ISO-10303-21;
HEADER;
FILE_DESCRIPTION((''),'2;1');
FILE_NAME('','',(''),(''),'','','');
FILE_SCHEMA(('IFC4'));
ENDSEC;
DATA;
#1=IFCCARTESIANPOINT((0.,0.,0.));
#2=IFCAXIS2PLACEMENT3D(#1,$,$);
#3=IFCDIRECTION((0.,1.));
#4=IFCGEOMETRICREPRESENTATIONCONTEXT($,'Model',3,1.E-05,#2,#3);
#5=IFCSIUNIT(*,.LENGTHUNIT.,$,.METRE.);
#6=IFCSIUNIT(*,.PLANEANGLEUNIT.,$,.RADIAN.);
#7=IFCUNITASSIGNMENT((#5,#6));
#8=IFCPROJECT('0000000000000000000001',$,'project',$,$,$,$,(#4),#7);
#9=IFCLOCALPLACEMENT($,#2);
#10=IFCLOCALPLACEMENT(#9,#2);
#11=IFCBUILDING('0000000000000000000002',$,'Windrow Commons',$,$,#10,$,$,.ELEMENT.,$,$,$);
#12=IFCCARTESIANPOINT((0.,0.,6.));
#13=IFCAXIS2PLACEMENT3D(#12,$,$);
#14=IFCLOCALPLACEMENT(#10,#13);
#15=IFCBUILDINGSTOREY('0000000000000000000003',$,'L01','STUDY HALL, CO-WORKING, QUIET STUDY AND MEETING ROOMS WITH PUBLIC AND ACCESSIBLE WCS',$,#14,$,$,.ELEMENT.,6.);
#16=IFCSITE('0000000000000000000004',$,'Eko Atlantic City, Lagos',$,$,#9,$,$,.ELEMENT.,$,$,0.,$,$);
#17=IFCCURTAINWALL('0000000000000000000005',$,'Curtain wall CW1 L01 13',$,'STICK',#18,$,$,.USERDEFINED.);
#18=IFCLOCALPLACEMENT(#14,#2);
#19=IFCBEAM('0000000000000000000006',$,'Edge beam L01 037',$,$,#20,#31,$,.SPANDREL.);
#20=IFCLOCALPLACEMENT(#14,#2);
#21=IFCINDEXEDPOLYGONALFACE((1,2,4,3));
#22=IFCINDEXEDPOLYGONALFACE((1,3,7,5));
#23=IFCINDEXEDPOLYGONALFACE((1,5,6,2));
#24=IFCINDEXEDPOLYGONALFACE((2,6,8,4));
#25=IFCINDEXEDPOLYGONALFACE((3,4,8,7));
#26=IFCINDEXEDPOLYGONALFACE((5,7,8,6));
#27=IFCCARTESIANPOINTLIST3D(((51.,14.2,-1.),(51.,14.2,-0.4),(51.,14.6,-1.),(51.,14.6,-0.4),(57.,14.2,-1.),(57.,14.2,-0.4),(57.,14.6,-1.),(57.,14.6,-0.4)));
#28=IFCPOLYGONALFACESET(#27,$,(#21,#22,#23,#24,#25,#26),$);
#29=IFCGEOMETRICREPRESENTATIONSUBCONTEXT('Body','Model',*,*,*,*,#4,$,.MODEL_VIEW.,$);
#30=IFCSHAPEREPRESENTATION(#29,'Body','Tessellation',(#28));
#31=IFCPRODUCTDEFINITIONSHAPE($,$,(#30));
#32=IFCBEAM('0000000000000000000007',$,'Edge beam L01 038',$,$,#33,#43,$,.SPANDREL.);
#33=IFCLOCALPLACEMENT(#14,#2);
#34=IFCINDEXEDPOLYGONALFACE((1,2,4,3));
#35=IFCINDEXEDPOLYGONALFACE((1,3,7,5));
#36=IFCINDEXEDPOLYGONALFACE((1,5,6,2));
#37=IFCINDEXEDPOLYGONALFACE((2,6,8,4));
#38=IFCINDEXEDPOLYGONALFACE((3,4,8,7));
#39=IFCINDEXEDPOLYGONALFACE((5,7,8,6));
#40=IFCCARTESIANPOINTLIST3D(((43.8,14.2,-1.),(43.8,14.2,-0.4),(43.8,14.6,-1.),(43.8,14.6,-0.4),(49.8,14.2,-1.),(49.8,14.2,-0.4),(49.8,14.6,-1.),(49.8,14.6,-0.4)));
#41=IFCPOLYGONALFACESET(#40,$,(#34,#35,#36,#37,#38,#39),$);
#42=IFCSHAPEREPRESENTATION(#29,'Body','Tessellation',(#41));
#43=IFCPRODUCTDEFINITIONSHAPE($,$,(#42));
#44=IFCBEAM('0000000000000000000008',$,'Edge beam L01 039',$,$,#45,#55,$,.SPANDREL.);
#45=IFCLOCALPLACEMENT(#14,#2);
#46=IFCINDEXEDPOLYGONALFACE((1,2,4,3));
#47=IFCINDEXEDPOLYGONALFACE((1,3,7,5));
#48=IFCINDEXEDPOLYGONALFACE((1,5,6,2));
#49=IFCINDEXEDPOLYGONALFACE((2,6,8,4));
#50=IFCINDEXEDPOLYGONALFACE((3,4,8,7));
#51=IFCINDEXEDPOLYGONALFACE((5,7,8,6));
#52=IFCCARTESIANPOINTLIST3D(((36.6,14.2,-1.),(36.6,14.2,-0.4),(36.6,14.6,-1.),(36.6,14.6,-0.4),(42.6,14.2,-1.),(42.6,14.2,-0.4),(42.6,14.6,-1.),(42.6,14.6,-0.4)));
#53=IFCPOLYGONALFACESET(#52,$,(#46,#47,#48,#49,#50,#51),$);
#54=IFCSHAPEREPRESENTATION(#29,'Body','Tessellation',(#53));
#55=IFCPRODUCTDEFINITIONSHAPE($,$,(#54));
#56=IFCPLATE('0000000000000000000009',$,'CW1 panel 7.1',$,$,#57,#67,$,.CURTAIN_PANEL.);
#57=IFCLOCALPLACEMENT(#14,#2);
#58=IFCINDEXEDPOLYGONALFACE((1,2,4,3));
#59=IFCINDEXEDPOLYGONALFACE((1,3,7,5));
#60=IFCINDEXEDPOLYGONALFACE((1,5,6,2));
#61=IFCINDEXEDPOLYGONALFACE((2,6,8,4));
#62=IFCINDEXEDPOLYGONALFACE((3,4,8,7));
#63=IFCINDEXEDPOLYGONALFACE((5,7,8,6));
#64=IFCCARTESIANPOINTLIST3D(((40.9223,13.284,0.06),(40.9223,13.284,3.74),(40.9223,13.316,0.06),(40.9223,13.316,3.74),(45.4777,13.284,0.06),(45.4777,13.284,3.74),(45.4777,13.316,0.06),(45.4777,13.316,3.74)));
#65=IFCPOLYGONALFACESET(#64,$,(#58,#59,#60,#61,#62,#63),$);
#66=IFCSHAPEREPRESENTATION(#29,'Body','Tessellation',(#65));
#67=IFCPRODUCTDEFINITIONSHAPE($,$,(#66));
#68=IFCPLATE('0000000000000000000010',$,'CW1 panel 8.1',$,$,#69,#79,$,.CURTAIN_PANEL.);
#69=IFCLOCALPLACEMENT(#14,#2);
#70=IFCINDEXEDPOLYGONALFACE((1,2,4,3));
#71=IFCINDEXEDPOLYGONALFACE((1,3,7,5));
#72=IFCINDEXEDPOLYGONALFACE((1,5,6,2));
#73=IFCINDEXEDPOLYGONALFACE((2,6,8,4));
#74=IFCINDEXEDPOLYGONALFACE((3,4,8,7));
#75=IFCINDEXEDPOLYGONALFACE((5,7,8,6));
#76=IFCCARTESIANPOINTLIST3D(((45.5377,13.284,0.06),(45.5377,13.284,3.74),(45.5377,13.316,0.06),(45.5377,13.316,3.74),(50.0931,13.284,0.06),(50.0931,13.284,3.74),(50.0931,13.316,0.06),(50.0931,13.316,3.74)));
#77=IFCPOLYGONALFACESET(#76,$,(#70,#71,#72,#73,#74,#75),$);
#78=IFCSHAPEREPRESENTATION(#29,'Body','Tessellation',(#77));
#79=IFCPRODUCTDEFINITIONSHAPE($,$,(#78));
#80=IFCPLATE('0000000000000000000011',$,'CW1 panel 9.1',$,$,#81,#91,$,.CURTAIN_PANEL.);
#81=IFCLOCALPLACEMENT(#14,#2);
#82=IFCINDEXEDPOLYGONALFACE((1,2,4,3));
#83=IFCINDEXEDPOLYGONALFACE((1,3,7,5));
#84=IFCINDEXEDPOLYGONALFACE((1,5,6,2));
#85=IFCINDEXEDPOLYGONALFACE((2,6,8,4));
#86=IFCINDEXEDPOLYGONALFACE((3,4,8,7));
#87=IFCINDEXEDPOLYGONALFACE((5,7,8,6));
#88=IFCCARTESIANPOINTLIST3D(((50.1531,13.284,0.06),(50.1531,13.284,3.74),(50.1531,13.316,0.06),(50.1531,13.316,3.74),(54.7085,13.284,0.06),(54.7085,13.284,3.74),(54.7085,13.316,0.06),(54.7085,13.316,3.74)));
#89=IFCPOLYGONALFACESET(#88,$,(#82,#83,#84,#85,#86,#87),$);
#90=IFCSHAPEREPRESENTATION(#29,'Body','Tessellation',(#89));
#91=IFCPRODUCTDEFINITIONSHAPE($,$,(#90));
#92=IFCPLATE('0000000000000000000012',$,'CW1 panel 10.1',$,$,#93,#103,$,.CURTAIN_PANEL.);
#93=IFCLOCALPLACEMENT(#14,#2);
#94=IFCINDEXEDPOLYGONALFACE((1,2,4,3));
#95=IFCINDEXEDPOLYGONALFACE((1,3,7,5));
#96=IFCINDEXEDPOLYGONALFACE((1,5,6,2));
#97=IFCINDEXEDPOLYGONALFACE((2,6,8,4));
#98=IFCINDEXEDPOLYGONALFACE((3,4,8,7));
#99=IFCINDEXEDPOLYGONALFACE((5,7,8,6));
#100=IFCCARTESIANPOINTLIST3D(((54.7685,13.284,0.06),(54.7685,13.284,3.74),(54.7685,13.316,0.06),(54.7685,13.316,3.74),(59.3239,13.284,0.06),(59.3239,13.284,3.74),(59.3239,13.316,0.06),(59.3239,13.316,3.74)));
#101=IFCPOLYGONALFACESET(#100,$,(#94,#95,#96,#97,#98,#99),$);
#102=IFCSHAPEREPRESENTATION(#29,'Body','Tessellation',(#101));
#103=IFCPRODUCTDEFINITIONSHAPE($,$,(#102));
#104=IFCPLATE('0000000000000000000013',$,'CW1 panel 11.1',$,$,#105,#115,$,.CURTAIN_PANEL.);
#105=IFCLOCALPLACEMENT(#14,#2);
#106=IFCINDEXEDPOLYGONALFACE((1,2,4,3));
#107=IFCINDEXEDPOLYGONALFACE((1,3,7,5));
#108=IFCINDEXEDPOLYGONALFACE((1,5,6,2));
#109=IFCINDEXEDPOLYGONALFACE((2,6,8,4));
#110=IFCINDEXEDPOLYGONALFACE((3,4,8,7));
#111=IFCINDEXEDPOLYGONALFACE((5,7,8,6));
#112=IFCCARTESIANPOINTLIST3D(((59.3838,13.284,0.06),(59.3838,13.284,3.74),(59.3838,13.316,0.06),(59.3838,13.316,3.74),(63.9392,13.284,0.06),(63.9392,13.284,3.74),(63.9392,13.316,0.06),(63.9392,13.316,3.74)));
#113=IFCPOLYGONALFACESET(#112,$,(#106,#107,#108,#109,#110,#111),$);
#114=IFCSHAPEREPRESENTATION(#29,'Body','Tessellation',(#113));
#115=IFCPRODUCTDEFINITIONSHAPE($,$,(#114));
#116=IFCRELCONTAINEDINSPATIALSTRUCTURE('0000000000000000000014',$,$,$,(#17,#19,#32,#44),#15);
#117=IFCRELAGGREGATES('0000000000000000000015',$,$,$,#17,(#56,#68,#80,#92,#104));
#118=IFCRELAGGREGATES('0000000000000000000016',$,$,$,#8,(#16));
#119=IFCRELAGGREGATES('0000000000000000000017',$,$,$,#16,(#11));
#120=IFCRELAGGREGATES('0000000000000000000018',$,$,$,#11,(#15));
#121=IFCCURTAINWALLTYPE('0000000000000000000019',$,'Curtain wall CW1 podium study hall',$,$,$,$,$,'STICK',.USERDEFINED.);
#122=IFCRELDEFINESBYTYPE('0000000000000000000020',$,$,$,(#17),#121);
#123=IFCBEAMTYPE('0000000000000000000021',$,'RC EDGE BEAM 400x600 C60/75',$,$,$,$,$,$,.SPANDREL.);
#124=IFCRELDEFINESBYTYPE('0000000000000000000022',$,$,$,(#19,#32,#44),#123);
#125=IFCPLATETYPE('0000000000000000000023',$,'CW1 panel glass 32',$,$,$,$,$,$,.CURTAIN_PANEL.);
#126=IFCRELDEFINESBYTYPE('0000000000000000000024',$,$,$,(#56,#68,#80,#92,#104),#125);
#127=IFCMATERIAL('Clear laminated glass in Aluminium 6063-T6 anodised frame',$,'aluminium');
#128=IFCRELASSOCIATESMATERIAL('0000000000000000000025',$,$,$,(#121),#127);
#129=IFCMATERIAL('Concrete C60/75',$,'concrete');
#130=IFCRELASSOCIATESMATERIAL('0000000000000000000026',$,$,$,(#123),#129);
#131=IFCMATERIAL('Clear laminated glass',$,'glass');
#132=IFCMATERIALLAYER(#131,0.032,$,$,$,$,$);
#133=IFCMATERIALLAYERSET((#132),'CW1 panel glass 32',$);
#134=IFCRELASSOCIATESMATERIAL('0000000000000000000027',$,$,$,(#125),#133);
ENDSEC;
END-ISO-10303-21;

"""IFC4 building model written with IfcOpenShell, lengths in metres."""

from ifc_helpers import new_model, si_unit, direction, frame, origin, origin_2d, place, context, subcontext, project, spatial, rectangle, extrude, material, layer, layer_set, material_profile, profile_set, type_object, element, aggregate, save


model = new_model("IFC4")

# Units and contexts
model_context = context("Model", 3, precision=1e-05, world=origin(), true_north=direction((0.0, 1.0)))
body_context = subcontext(model_context, "Body", "Model", "MODEL_VIEW")
ifc_project = project(units=[si_unit("LENGTHUNIT", "METRE"), si_unit("PLANEANGLEUNIT", "RADIAN")], contexts=[model_context])

# Site, building, storey
site_placement = place(None, origin())
site = spatial("IfcSite", under=ifc_project, at=site_placement, Name="Eko Atlantic City, Lagos", CompositionType="ELEMENT", RefElevation=0.0)
building_placement = place(site_placement, origin())
building = spatial("IfcBuilding", under=site, at=building_placement, Name="Windrow Commons", CompositionType="ELEMENT")
storey_placement = place(building_placement, frame((0.0, 0.0, 6.0)))
storey = spatial("IfcBuildingStorey", under=building, at=storey_placement, Name="L01", Description="STUDY HALL, CO-WORKING, QUIET STUDY AND MEETING ROOMS WITH PUBLIC AND ACCESSIBLE WCS", CompositionType="ELEMENT", Elevation=6.0)

# Curtain wall
ifc_material_1 = material(Name="Clear laminated glass in Aluminium 6063-T6 anodised frame", Category="aluminium")
curtain_wall_type = type_object("IfcCurtainWallType", Name="Curtain wall CW1 podium study hall", ElementType="STICK", PredefinedType="USERDEFINED", material=ifc_material_1)
curtain_wall_placement = place(storey_placement, origin())
curtain_wall = element("IfcCurtainWall", 1, at=curtain_wall_placement, inside=storey, type_object=curtain_wall_type, Name="Curtain wall CW1 L01 13", ObjectType="STICK", PredefinedType="USERDEFINED")

# Beams
ifc_material_2 = material(Name="Concrete C60/75", Category="concrete")
ifc_material_profile_1 = material_profile(ifc_material_2, rectangle(XDim=0.4, YDim=0.6, at=origin_2d()))
ifc_profile_set_1 = profile_set([ifc_material_profile_1], Name="Concrete C60/75")
beam_type = type_object("IfcBeamType", Name="RC EDGE BEAM 400x600 C60/75", PredefinedType="SPANDREL", material=ifc_profile_set_1)
for number, where, z_axis, x_axis, name in (
    (2, (57.0, 14.4, -0.7), (-1.0, 0.0, 0.0), (0.0, -1.0, 0.0), "Edge beam L01 037"),
    (3, (49.8, 14.4, -0.7), (-1.0, 0.0, 0.0), (0.0, -1.0, 0.0), "Edge beam L01 038"),
    (4, (42.6, 14.4, -0.7), (-1.0, 0.0, 0.0), (0.0, -1.0, 0.0), "Edge beam L01 039"),
):
    element("IfcBeam", number, at=place(storey_placement, frame(where, z_axis=z_axis, x_axis=x_axis)), inside=storey, type_object=beam_type, Name=name, PredefinedType="SPANDREL", context=body_context, shape_type="SweptSolid", body=[
        extrude(rectangle(XDim=0.4, YDim=0.6, at=origin_2d()), origin(), (0.0, 0.0, 1.0), 6.0),
    ])

# Plates
ifc_material_3 = material(Name="Clear laminated glass", Category="glass")
ifc_layer = layer(ifc_material_3, 0.032)
ifc_layer_set = layer_set([ifc_layer], Name="CW1 panel glass 32")
plate_type = type_object("IfcPlateType", Name="CW1 panel glass 32", PredefinedType="CURTAIN_PANEL", material=ifc_layer_set)
plate_1_placement = place(storey_placement, frame((43.2, 13.3, 0.06), z_axis=(0.0, 0.0, 1.0), x_axis=(1.0, 0.0, 0.0)))
plate_1 = element("IfcPlate", 5, at=plate_1_placement, type_object=plate_type, Name="CW1 panel 7.1", PredefinedType="CURTAIN_PANEL", context=body_context, shape_type="SweptSolid", body=[
    extrude(rectangle(XDim=4.5554, YDim=0.032, at=origin_2d()), origin(), (0.0, 0.0, 1.0), 3.68),
])
plate_2_placement = place(storey_placement, frame((47.8154, 13.3, 0.06), z_axis=(0.0, 0.0, 1.0), x_axis=(1.0, 0.0, 0.0)))
plate_2 = element("IfcPlate", 6, at=plate_2_placement, type_object=plate_type, Name="CW1 panel 8.1", PredefinedType="CURTAIN_PANEL", context=body_context, shape_type="SweptSolid", body=[
    extrude(rectangle(XDim=4.5554, YDim=0.032, at=origin_2d()), origin(), (0.0, 0.0, 1.0), 3.68),
])
plate_3_placement = place(storey_placement, frame((52.4308, 13.3, 0.06), z_axis=(0.0, 0.0, 1.0), x_axis=(1.0, 0.0, 0.0)))
plate_3 = element("IfcPlate", 7, at=plate_3_placement, type_object=plate_type, Name="CW1 panel 9.1", PredefinedType="CURTAIN_PANEL", context=body_context, shape_type="SweptSolid", body=[
    extrude(rectangle(XDim=4.5554, YDim=0.032, at=origin_2d()), origin(), (0.0, 0.0, 1.0), 3.68),
])
plate_4_placement = place(storey_placement, frame((57.0462, 13.3, 0.06), z_axis=(0.0, 0.0, 1.0), x_axis=(1.0, 0.0, 0.0)))
plate_4 = element("IfcPlate", 8, at=plate_4_placement, type_object=plate_type, Name="CW1 panel 10.1", PredefinedType="CURTAIN_PANEL", context=body_context, shape_type="SweptSolid", body=[
    extrude(rectangle(XDim=4.5554, YDim=0.032, at=origin_2d()), origin(), (0.0, 0.0, 1.0), 3.68),
])
plate_5_placement = place(storey_placement, frame((61.6615, 13.3, 0.06), z_axis=(0.0, 0.0, 1.0), x_axis=(1.0, 0.0, 0.0)))
plate_5 = element("IfcPlate", 9, at=plate_5_placement, type_object=plate_type, Name="CW1 panel 11.1", PredefinedType="CURTAIN_PANEL", context=body_context, shape_type="SweptSolid", body=[
    extrude(rectangle(XDim=4.5554, YDim=0.032, at=origin_2d()), origin(), (0.0, 0.0, 1.0), 3.68),
])
aggregate(curtain_wall, [plate_1, plate_2, plate_3, plate_4, plate_5])

save(model, "model.ifc")
